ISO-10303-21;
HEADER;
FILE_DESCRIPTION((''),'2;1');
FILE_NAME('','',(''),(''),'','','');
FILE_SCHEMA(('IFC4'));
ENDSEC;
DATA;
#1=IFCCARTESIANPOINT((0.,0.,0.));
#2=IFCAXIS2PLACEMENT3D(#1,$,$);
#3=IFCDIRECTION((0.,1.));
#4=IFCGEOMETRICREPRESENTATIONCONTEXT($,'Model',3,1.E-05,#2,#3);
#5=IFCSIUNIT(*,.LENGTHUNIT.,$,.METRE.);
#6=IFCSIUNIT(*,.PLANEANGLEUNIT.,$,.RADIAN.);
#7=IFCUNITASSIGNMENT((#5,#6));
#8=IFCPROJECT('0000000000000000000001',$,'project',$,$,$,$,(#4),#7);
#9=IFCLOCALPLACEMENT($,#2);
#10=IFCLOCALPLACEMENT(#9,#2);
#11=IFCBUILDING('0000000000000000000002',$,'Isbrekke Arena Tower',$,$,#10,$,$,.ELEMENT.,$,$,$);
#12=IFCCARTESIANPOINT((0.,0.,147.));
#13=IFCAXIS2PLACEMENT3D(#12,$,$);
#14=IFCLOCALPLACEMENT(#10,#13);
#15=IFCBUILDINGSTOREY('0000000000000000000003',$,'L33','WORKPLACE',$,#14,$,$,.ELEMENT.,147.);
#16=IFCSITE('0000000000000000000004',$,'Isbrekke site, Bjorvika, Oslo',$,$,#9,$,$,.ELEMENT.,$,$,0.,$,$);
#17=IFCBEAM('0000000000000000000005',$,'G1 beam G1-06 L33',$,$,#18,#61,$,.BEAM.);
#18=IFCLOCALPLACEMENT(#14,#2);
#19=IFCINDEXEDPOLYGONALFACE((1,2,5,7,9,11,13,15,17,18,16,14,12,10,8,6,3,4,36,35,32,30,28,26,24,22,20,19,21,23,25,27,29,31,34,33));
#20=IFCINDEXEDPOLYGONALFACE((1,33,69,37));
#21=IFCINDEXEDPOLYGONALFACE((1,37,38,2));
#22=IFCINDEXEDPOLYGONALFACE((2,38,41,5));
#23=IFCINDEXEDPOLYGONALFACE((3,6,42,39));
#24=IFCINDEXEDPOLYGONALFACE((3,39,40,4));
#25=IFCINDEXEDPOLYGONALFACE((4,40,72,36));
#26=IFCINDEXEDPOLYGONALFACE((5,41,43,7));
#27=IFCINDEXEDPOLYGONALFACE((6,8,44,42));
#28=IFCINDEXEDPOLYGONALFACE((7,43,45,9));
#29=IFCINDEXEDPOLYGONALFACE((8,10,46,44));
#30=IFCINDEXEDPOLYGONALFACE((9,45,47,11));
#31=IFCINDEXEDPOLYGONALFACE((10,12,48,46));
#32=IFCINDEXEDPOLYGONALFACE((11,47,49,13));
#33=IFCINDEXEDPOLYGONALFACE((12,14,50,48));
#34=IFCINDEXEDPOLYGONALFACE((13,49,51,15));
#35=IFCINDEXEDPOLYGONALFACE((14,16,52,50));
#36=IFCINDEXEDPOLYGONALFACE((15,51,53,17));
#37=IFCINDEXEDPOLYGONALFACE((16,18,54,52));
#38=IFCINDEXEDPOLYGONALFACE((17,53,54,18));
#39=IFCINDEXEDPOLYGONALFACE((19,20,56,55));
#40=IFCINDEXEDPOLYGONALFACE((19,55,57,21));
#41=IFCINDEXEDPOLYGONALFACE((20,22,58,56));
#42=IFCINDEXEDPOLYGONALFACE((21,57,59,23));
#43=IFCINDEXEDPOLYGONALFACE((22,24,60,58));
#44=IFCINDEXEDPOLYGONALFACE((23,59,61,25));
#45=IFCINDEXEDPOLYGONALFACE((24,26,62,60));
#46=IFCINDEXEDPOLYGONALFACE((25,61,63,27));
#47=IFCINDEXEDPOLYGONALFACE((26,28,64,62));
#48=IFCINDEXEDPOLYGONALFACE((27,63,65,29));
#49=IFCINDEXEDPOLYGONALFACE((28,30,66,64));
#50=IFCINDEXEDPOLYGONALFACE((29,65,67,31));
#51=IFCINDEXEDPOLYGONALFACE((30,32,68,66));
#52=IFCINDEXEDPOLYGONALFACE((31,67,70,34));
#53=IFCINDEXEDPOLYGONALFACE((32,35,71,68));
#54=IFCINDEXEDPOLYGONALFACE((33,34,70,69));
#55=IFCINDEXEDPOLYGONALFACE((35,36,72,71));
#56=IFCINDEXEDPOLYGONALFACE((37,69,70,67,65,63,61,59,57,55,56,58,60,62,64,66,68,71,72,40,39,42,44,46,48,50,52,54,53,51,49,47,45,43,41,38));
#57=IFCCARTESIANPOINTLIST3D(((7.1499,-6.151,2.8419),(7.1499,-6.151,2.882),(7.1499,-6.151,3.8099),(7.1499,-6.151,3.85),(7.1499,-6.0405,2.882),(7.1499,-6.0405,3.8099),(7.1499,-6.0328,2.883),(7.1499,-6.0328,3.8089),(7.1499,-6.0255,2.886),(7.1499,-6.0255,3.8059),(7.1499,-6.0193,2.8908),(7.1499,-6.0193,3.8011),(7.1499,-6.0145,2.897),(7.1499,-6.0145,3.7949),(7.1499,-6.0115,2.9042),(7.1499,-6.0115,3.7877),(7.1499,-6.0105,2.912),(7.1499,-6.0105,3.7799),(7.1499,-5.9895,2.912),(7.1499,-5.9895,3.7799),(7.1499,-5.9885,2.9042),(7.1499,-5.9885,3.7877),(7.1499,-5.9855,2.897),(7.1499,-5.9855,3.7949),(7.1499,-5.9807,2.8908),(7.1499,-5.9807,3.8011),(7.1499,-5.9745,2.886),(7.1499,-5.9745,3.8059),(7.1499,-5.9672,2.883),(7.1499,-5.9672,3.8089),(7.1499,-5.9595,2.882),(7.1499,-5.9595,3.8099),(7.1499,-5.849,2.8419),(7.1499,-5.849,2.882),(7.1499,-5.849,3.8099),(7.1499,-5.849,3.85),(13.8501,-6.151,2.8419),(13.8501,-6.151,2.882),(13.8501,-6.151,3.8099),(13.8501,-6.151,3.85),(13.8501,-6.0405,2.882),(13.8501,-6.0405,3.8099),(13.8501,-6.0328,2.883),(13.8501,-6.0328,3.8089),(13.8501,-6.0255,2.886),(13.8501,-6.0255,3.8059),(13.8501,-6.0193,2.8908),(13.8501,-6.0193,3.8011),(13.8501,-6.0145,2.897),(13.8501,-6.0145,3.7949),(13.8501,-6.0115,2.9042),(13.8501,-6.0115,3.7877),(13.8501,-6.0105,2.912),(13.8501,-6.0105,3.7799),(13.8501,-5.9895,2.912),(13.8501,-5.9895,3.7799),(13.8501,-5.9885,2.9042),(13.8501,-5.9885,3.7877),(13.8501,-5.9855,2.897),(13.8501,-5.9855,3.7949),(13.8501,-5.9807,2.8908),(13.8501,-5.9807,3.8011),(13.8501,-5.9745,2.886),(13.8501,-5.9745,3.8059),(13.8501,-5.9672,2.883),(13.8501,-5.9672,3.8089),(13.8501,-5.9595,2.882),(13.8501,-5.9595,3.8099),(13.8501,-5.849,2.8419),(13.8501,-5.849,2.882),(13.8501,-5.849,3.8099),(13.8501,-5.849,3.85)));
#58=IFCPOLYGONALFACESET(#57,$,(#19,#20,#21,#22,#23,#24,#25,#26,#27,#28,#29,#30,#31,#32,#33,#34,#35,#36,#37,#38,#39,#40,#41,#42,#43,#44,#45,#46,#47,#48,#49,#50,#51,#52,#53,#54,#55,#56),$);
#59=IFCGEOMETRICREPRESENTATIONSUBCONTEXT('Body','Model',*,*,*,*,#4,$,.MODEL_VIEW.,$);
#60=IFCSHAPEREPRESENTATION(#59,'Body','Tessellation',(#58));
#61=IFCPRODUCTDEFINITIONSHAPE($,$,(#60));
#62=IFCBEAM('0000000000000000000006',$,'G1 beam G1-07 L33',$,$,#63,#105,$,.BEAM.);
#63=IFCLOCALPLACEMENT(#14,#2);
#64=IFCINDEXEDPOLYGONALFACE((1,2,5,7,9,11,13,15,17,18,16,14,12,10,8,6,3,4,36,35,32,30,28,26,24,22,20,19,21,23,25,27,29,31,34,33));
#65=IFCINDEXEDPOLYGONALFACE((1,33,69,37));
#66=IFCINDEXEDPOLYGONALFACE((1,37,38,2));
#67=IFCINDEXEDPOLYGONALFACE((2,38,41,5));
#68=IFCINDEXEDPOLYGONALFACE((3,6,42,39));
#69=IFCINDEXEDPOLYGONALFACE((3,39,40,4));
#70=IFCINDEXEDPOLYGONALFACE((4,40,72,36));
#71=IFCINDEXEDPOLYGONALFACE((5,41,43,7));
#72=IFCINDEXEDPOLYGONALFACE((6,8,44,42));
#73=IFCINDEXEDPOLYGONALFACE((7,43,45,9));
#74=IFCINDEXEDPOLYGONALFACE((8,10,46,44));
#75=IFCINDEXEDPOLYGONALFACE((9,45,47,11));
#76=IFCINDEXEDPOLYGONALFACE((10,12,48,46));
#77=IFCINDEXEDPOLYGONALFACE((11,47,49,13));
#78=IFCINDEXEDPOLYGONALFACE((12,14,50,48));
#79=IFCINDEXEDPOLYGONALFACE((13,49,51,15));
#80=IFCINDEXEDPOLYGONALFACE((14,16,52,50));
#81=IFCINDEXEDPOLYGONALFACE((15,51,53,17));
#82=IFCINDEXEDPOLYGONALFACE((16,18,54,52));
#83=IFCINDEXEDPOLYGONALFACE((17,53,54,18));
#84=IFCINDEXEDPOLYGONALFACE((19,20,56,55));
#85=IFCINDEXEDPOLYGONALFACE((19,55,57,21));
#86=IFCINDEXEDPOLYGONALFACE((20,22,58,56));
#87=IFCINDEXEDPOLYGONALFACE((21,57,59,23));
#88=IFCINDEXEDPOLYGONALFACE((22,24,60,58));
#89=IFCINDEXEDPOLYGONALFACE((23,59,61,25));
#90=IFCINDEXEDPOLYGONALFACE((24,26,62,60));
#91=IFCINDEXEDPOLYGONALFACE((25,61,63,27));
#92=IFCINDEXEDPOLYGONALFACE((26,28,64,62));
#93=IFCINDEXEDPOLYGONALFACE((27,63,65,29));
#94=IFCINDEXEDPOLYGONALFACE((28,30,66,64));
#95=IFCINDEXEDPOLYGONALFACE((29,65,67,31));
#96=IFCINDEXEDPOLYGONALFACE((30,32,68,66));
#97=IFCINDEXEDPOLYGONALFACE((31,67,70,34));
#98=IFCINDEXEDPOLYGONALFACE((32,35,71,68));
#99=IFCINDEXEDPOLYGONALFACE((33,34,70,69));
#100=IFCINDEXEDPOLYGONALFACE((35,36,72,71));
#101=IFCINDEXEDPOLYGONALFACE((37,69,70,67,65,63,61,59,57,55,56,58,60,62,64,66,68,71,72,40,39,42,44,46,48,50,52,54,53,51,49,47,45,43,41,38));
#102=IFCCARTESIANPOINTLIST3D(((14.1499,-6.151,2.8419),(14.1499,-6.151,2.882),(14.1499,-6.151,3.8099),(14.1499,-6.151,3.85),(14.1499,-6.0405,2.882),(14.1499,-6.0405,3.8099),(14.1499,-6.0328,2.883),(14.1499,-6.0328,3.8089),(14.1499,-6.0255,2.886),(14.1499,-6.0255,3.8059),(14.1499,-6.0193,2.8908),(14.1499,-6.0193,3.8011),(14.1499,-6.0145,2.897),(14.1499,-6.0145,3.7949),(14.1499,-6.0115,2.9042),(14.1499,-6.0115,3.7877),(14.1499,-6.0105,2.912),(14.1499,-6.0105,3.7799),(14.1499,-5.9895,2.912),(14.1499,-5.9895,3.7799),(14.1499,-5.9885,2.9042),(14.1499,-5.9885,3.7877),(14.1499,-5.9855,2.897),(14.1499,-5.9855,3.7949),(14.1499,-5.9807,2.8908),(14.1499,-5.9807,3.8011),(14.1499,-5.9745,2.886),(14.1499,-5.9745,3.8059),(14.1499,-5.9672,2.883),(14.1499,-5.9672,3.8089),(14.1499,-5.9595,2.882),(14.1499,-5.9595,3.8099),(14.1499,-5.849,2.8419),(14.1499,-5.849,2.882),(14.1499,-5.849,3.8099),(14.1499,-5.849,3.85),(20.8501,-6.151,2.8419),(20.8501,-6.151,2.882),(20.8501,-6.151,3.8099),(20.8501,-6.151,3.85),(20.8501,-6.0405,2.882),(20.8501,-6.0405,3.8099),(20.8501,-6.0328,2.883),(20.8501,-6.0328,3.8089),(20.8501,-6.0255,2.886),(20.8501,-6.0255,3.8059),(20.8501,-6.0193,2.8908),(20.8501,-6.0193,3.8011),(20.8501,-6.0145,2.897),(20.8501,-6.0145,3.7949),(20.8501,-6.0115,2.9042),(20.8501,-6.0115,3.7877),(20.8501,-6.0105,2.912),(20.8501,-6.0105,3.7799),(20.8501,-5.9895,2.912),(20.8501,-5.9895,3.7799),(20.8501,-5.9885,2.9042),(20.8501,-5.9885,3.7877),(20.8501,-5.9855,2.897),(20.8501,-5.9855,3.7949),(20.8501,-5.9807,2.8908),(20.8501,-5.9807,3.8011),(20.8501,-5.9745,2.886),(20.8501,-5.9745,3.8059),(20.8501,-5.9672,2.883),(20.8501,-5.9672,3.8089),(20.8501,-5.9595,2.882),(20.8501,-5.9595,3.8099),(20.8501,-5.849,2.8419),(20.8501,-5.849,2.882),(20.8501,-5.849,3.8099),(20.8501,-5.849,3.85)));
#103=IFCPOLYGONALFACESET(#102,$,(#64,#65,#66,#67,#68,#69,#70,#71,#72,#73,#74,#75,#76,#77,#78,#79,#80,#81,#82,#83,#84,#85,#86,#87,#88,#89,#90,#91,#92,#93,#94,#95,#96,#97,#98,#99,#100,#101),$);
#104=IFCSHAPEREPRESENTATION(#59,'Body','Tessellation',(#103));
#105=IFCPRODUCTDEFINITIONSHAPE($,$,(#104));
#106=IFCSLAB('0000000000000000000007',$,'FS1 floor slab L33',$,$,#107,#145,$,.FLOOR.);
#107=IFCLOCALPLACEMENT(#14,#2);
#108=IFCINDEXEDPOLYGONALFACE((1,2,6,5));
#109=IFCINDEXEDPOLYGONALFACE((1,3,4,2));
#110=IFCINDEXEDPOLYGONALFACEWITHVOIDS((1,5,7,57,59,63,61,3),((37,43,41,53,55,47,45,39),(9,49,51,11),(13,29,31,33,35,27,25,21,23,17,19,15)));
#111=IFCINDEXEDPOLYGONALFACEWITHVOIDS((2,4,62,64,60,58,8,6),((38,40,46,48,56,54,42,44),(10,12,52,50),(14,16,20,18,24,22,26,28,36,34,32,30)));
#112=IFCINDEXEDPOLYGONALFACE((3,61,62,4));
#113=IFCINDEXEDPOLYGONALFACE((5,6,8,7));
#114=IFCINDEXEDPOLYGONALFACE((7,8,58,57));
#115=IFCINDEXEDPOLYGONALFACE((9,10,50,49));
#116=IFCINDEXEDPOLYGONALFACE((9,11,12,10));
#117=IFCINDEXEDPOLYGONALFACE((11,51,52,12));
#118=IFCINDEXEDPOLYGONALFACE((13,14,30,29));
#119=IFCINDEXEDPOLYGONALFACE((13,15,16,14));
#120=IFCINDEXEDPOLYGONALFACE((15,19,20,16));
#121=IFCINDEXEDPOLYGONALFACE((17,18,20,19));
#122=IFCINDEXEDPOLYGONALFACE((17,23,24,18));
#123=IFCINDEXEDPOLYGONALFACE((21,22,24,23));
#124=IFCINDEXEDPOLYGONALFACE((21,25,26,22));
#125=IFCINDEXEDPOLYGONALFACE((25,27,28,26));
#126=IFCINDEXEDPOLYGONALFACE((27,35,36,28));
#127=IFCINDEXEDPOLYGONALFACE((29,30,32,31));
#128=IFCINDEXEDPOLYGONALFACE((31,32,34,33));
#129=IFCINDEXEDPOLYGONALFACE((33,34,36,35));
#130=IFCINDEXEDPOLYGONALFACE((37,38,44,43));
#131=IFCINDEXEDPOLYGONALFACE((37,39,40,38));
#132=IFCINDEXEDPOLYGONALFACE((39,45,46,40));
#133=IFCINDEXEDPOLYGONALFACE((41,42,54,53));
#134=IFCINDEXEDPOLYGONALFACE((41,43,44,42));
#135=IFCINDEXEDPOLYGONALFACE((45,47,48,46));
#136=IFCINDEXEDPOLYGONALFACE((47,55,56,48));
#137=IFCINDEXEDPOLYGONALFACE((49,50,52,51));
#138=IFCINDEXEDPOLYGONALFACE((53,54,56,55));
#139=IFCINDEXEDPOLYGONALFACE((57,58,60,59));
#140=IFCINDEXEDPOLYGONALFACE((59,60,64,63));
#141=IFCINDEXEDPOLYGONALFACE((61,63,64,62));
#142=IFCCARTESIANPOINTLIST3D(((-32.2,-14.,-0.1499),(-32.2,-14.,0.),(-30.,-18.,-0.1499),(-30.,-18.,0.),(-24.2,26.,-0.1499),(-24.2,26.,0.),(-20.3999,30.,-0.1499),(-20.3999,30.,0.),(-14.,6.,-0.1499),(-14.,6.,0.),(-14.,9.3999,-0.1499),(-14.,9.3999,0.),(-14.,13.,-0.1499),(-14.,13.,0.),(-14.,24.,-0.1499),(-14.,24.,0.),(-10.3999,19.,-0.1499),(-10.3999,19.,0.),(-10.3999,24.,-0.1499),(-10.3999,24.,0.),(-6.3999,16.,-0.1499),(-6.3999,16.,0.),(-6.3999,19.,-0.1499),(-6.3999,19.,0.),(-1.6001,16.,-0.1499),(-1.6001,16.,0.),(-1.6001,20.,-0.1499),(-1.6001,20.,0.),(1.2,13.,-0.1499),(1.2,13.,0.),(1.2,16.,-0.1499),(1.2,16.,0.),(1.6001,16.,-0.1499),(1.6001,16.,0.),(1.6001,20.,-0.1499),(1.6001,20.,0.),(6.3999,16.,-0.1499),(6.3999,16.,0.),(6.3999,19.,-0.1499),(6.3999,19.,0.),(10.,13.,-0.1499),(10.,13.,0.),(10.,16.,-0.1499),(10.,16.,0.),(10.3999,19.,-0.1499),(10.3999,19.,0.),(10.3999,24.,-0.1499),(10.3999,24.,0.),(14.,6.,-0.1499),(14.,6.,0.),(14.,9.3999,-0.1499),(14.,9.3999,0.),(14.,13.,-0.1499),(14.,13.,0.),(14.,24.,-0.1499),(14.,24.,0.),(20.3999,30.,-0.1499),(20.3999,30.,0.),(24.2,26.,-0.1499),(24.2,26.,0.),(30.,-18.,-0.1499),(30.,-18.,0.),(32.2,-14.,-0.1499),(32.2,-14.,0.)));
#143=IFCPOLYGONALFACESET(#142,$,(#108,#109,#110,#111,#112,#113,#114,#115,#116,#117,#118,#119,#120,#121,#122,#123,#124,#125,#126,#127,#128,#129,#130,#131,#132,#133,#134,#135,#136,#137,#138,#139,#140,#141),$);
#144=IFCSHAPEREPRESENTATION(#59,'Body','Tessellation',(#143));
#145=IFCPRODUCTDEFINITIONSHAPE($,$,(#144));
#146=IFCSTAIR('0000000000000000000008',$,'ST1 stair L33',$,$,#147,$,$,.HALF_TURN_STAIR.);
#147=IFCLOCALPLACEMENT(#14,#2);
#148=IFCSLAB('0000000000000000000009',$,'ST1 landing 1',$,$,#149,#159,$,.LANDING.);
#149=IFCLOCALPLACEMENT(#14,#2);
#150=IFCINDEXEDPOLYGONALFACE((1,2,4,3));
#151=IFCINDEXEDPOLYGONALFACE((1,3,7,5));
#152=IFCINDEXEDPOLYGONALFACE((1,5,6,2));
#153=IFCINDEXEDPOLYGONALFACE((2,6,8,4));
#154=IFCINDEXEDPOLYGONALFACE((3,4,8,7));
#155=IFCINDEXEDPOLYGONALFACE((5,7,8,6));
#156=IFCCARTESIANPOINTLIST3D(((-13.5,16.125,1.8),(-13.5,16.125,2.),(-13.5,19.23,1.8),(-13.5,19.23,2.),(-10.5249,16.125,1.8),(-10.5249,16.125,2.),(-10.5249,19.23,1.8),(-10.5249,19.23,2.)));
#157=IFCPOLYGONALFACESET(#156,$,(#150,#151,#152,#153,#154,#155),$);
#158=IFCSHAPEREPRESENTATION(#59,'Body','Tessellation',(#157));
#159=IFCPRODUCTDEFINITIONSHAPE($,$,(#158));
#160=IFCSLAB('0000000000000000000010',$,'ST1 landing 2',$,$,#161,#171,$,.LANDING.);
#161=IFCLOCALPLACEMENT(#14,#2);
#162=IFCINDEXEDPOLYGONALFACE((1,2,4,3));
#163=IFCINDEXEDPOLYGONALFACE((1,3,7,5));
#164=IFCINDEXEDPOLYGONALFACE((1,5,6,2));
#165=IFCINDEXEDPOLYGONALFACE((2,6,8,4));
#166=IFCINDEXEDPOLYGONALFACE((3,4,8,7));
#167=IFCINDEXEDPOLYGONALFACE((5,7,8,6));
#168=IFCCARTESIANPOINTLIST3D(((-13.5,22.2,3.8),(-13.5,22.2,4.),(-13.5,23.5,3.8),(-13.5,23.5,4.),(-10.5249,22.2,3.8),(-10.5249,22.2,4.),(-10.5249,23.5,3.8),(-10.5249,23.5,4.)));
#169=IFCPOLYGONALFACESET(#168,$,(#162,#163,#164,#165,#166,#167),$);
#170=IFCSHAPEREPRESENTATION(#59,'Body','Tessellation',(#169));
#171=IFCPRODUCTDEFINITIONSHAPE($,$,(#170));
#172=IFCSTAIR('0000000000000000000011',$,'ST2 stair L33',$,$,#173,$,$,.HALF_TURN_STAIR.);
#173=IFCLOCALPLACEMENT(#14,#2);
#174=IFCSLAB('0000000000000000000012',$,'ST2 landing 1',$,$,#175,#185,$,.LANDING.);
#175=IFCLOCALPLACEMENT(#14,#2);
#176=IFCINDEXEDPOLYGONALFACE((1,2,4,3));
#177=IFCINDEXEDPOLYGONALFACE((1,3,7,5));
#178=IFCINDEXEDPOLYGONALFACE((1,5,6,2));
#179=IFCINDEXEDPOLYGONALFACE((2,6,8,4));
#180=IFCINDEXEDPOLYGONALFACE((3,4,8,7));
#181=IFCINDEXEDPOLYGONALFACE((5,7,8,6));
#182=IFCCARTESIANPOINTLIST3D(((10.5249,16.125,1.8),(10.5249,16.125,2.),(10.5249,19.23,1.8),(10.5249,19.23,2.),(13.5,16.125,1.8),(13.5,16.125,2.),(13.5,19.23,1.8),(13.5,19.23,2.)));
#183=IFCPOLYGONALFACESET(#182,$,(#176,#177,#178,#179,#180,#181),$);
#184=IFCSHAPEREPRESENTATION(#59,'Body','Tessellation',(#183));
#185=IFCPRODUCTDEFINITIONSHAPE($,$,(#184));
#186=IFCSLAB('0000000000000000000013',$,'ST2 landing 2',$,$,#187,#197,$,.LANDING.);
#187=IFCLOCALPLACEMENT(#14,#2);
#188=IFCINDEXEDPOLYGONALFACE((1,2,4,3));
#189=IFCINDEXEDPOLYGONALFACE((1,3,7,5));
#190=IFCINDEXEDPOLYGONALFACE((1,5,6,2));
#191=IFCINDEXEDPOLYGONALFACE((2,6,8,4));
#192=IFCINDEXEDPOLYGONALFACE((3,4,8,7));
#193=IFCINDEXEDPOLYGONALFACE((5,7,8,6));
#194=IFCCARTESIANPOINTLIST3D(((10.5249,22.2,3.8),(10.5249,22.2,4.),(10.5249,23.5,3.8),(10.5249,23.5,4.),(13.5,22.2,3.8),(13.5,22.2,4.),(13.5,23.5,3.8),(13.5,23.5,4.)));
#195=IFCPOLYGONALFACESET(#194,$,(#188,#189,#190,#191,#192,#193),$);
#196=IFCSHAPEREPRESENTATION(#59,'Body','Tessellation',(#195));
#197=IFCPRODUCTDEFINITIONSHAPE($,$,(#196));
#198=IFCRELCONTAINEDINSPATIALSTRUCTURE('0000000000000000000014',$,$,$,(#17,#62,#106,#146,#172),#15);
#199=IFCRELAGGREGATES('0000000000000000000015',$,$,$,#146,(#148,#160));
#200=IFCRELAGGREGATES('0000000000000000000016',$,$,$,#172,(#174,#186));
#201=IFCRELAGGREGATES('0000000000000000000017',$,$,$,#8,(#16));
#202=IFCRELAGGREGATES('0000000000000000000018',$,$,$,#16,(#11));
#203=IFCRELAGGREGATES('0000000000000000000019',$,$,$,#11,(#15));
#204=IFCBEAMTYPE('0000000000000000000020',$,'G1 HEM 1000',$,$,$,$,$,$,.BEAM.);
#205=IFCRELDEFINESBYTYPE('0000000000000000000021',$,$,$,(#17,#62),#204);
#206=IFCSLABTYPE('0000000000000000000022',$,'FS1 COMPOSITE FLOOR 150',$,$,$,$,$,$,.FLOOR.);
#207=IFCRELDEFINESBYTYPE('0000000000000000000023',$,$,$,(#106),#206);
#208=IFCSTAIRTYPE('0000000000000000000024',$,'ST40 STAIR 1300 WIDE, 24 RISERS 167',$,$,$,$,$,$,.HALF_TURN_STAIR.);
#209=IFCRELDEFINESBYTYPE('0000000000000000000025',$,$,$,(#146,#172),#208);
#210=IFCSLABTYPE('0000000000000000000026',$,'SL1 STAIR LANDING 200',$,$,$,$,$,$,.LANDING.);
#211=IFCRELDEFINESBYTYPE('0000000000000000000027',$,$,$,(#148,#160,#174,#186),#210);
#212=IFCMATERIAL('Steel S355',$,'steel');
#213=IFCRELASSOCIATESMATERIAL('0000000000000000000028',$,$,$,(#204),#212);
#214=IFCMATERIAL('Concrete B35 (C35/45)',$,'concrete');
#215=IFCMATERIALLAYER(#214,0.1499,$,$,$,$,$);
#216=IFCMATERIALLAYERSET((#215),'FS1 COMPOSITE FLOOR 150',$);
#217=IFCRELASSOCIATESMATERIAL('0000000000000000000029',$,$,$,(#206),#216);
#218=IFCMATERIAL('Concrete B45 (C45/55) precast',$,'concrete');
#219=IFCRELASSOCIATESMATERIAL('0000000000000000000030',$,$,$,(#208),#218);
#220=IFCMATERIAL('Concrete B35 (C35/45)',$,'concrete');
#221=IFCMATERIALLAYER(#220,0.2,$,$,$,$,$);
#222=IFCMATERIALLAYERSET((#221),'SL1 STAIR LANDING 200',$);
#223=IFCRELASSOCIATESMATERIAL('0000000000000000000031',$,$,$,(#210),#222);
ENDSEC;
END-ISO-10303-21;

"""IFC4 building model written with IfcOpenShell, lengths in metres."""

from ifc_helpers import new_model, si_unit, direction, frame, origin, origin_2d, place, context, subcontext, project, spatial, polyline, i_section, outline, extrude, material, layer, layer_set, material_profile, profile_set, type_object, element, aggregate, save


model = new_model("IFC4")

# Units and contexts
model_context = context("Model", 3, precision=1e-05, world=origin(), true_north=direction((0.0, 1.0)))
body_context = subcontext(model_context, "Body", "Model", "MODEL_VIEW")
ifc_project = project(units=[si_unit("LENGTHUNIT", "METRE"), si_unit("PLANEANGLEUNIT", "RADIAN")], contexts=[model_context])

# Site, building, storey
site_placement = place(None, origin())
site = spatial("IfcSite", under=ifc_project, at=site_placement, Name="Isbrekke site, Bjorvika, Oslo", CompositionType="ELEMENT", RefElevation=0.0)
building_placement = place(site_placement, origin())
building = spatial("IfcBuilding", under=site, at=building_placement, Name="Isbrekke Arena Tower", CompositionType="ELEMENT")
storey_placement = place(building_placement, frame((0.0, 0.0, 147.0)))
storey = spatial("IfcBuildingStorey", under=building, at=storey_placement, Name="L33", Description="WORKPLACE", CompositionType="ELEMENT", Elevation=147.0)

# Beams
ifc_material_1 = material(Name="Steel S355", Category="steel")
ifc_material_profile_1 = material_profile(ifc_material_1, i_section(OverallWidth=0.302, OverallDepth=1.0081, WebThickness=0.021, FlangeThickness=0.04, FilletRadius=0.03, at=origin_2d()), Name="HEM 1000")
ifc_profile_set_1 = profile_set([ifc_material_profile_1], Name="Steel S355")
beam_type_1 = type_object("IfcBeamType", Name="G1 HEM 1000", PredefinedType="BEAM", material=ifc_profile_set_1)
for number, where, z_axis, x_axis, name in (
    (1, (7.1499, -6.0, 3.3459), (1.0, 0.0, 0.0), (0.0, 1.0, 0.0), "G1 beam G1-06 L33"),
    (2, (14.1499, -6.0, 3.3459), (1.0, 0.0, 0.0), (0.0, 1.0, 0.0), "G1 beam G1-07 L33"),
):
    element("IfcBeam", number, at=place(storey_placement, frame(where, z_axis=z_axis, x_axis=x_axis)), inside=storey, type_object=beam_type_1, Name=name, PredefinedType="BEAM", context=body_context, shape_type="SweptSolid", body=[
        extrude(i_section(OverallWidth=0.302, OverallDepth=1.0081, WebThickness=0.021, FlangeThickness=0.04, FilletRadius=0.03, at=origin_2d()), origin(), (0.0, 0.0, 1.0), 6.7002),
    ])

# Slab
ifc_material_2 = material(Name="Concrete B35 (C35/45)", Category="concrete")
ifc_layer_1 = layer(ifc_material_2, 0.1499)
ifc_layer_set_1 = layer_set([ifc_layer_1], Name="FS1 COMPOSITE FLOOR 150")
slab_type_1 = type_object("IfcSlabType", Name="FS1 COMPOSITE FLOOR 150", PredefinedType="FLOOR", material=ifc_layer_set_1)
slab_1_placement = place(storey_placement, frame((0.0, 0.0, -0.1499)))
element("IfcSlab", 3, at=slab_1_placement, inside=storey, type_object=slab_type_1, Name="FS1 floor slab L33", PredefinedType="FLOOR", context=body_context, shape_type="SweptSolid", body=[
    extrude(outline(polyline([(-30.0, -18.0), (30.0, -18.0), (32.2, -14.0), (24.2, 26.0), (20.3999, 30.0), (-20.3999, 30.0), (-24.2, 26.0), (-32.2, -14.0), (-30.0, -18.0)]), holes=[polyline([(14.0, 9.3999), (14.0, 6.0), (-14.0, 6.0), (-14.0, 9.3999), (14.0, 9.3999)]), polyline([(-6.3999, 19.0), (-6.3999, 16.0), (-1.6001, 16.0), (-1.6001, 20.0), (1.6001, 20.0), (1.6001, 16.0), (1.2, 16.0), (1.2, 13.0), (-14.0, 13.0), (-14.0, 24.0), (-10.3999, 24.0), (-10.3999, 19.0), (-6.3999, 19.0)]), polyline([(10.0, 13.0), (10.0, 16.0), (6.3999, 16.0), (6.3999, 19.0), (10.3999, 19.0), (10.3999, 24.0), (14.0, 24.0), (14.0, 13.0), (10.0, 13.0)])]), origin(), (0.0, 0.0, 1.0), 0.1499),
])

# Stairs, slabs
ifc_material_3 = material(Name="Concrete B45 (C45/55) precast", Category="concrete")
stair_type = type_object("IfcStairType", Name="ST40 STAIR 1300 WIDE, 24 RISERS 167", PredefinedType="HALF_TURN_STAIR", material=ifc_material_3)
stair_1_placement = place(storey_placement, origin())
stair_1 = element("IfcStair", 4, at=stair_1_placement, inside=storey, type_object=stair_type, Name="ST1 stair L33", PredefinedType="HALF_TURN_STAIR")
ifc_material_4 = material(Name="Concrete B35 (C35/45)", Category="concrete")
ifc_layer_2 = layer(ifc_material_4, 0.2)
ifc_layer_set_2 = layer_set([ifc_layer_2], Name="SL1 STAIR LANDING 200")
slab_type_2 = type_object("IfcSlabType", Name="SL1 STAIR LANDING 200", PredefinedType="LANDING", material=ifc_layer_set_2)
slab_2_placement = place(storey_placement, frame((0.0, 0.0, 1.8)))
slab_2 = element("IfcSlab", 5, at=slab_2_placement, type_object=slab_type_2, Name="ST1 landing 1", PredefinedType="LANDING", context=body_context, shape_type="SweptSolid", body=[
    extrude(outline(polyline([(-13.5, 16.125), (-10.5249, 16.125), (-10.5249, 19.23), (-13.5, 19.23), (-13.5, 16.125)])), origin(), (0.0, 0.0, 1.0), 0.2),
])
slab_3_placement = place(storey_placement, frame((0.0, 0.0, 3.8)))
slab_3 = element("IfcSlab", 6, at=slab_3_placement, type_object=slab_type_2, Name="ST1 landing 2", PredefinedType="LANDING", context=body_context, shape_type="SweptSolid", body=[
    extrude(outline(polyline([(-13.5, 22.2), (-10.5249, 22.2), (-10.5249, 23.5), (-13.5, 23.5), (-13.5, 22.2)])), origin(), (0.0, 0.0, 1.0), 0.2),
])
aggregate(stair_1, [slab_2, slab_3])
stair_2_placement = place(storey_placement, origin())
stair_2 = element("IfcStair", 7, at=stair_2_placement, inside=storey, type_object=stair_type, Name="ST2 stair L33", PredefinedType="HALF_TURN_STAIR")
slab_4_placement = place(storey_placement, frame((0.0, 0.0, 1.8)))
slab_4 = element("IfcSlab", 8, at=slab_4_placement, type_object=slab_type_2, Name="ST2 landing 1", PredefinedType="LANDING", context=body_context, shape_type="SweptSolid", body=[
    extrude(outline(polyline([(10.5249, 16.125), (13.5, 16.125), (13.5, 19.23), (10.5249, 19.23), (10.5249, 16.125)])), origin(), (0.0, 0.0, 1.0), 0.2),
])
slab_5_placement = place(storey_placement, frame((0.0, 0.0, 3.8)))
slab_5 = element("IfcSlab", 9, at=slab_5_placement, type_object=slab_type_2, Name="ST2 landing 2", PredefinedType="LANDING", context=body_context, shape_type="SweptSolid", body=[
    extrude(outline(polyline([(10.5249, 22.2), (13.5, 22.2), (13.5, 23.5), (10.5249, 23.5), (10.5249, 22.2)])), origin(), (0.0, 0.0, 1.0), 0.2),
])
aggregate(stair_2, [slab_4, slab_5])

save(model, "model.ifc")
